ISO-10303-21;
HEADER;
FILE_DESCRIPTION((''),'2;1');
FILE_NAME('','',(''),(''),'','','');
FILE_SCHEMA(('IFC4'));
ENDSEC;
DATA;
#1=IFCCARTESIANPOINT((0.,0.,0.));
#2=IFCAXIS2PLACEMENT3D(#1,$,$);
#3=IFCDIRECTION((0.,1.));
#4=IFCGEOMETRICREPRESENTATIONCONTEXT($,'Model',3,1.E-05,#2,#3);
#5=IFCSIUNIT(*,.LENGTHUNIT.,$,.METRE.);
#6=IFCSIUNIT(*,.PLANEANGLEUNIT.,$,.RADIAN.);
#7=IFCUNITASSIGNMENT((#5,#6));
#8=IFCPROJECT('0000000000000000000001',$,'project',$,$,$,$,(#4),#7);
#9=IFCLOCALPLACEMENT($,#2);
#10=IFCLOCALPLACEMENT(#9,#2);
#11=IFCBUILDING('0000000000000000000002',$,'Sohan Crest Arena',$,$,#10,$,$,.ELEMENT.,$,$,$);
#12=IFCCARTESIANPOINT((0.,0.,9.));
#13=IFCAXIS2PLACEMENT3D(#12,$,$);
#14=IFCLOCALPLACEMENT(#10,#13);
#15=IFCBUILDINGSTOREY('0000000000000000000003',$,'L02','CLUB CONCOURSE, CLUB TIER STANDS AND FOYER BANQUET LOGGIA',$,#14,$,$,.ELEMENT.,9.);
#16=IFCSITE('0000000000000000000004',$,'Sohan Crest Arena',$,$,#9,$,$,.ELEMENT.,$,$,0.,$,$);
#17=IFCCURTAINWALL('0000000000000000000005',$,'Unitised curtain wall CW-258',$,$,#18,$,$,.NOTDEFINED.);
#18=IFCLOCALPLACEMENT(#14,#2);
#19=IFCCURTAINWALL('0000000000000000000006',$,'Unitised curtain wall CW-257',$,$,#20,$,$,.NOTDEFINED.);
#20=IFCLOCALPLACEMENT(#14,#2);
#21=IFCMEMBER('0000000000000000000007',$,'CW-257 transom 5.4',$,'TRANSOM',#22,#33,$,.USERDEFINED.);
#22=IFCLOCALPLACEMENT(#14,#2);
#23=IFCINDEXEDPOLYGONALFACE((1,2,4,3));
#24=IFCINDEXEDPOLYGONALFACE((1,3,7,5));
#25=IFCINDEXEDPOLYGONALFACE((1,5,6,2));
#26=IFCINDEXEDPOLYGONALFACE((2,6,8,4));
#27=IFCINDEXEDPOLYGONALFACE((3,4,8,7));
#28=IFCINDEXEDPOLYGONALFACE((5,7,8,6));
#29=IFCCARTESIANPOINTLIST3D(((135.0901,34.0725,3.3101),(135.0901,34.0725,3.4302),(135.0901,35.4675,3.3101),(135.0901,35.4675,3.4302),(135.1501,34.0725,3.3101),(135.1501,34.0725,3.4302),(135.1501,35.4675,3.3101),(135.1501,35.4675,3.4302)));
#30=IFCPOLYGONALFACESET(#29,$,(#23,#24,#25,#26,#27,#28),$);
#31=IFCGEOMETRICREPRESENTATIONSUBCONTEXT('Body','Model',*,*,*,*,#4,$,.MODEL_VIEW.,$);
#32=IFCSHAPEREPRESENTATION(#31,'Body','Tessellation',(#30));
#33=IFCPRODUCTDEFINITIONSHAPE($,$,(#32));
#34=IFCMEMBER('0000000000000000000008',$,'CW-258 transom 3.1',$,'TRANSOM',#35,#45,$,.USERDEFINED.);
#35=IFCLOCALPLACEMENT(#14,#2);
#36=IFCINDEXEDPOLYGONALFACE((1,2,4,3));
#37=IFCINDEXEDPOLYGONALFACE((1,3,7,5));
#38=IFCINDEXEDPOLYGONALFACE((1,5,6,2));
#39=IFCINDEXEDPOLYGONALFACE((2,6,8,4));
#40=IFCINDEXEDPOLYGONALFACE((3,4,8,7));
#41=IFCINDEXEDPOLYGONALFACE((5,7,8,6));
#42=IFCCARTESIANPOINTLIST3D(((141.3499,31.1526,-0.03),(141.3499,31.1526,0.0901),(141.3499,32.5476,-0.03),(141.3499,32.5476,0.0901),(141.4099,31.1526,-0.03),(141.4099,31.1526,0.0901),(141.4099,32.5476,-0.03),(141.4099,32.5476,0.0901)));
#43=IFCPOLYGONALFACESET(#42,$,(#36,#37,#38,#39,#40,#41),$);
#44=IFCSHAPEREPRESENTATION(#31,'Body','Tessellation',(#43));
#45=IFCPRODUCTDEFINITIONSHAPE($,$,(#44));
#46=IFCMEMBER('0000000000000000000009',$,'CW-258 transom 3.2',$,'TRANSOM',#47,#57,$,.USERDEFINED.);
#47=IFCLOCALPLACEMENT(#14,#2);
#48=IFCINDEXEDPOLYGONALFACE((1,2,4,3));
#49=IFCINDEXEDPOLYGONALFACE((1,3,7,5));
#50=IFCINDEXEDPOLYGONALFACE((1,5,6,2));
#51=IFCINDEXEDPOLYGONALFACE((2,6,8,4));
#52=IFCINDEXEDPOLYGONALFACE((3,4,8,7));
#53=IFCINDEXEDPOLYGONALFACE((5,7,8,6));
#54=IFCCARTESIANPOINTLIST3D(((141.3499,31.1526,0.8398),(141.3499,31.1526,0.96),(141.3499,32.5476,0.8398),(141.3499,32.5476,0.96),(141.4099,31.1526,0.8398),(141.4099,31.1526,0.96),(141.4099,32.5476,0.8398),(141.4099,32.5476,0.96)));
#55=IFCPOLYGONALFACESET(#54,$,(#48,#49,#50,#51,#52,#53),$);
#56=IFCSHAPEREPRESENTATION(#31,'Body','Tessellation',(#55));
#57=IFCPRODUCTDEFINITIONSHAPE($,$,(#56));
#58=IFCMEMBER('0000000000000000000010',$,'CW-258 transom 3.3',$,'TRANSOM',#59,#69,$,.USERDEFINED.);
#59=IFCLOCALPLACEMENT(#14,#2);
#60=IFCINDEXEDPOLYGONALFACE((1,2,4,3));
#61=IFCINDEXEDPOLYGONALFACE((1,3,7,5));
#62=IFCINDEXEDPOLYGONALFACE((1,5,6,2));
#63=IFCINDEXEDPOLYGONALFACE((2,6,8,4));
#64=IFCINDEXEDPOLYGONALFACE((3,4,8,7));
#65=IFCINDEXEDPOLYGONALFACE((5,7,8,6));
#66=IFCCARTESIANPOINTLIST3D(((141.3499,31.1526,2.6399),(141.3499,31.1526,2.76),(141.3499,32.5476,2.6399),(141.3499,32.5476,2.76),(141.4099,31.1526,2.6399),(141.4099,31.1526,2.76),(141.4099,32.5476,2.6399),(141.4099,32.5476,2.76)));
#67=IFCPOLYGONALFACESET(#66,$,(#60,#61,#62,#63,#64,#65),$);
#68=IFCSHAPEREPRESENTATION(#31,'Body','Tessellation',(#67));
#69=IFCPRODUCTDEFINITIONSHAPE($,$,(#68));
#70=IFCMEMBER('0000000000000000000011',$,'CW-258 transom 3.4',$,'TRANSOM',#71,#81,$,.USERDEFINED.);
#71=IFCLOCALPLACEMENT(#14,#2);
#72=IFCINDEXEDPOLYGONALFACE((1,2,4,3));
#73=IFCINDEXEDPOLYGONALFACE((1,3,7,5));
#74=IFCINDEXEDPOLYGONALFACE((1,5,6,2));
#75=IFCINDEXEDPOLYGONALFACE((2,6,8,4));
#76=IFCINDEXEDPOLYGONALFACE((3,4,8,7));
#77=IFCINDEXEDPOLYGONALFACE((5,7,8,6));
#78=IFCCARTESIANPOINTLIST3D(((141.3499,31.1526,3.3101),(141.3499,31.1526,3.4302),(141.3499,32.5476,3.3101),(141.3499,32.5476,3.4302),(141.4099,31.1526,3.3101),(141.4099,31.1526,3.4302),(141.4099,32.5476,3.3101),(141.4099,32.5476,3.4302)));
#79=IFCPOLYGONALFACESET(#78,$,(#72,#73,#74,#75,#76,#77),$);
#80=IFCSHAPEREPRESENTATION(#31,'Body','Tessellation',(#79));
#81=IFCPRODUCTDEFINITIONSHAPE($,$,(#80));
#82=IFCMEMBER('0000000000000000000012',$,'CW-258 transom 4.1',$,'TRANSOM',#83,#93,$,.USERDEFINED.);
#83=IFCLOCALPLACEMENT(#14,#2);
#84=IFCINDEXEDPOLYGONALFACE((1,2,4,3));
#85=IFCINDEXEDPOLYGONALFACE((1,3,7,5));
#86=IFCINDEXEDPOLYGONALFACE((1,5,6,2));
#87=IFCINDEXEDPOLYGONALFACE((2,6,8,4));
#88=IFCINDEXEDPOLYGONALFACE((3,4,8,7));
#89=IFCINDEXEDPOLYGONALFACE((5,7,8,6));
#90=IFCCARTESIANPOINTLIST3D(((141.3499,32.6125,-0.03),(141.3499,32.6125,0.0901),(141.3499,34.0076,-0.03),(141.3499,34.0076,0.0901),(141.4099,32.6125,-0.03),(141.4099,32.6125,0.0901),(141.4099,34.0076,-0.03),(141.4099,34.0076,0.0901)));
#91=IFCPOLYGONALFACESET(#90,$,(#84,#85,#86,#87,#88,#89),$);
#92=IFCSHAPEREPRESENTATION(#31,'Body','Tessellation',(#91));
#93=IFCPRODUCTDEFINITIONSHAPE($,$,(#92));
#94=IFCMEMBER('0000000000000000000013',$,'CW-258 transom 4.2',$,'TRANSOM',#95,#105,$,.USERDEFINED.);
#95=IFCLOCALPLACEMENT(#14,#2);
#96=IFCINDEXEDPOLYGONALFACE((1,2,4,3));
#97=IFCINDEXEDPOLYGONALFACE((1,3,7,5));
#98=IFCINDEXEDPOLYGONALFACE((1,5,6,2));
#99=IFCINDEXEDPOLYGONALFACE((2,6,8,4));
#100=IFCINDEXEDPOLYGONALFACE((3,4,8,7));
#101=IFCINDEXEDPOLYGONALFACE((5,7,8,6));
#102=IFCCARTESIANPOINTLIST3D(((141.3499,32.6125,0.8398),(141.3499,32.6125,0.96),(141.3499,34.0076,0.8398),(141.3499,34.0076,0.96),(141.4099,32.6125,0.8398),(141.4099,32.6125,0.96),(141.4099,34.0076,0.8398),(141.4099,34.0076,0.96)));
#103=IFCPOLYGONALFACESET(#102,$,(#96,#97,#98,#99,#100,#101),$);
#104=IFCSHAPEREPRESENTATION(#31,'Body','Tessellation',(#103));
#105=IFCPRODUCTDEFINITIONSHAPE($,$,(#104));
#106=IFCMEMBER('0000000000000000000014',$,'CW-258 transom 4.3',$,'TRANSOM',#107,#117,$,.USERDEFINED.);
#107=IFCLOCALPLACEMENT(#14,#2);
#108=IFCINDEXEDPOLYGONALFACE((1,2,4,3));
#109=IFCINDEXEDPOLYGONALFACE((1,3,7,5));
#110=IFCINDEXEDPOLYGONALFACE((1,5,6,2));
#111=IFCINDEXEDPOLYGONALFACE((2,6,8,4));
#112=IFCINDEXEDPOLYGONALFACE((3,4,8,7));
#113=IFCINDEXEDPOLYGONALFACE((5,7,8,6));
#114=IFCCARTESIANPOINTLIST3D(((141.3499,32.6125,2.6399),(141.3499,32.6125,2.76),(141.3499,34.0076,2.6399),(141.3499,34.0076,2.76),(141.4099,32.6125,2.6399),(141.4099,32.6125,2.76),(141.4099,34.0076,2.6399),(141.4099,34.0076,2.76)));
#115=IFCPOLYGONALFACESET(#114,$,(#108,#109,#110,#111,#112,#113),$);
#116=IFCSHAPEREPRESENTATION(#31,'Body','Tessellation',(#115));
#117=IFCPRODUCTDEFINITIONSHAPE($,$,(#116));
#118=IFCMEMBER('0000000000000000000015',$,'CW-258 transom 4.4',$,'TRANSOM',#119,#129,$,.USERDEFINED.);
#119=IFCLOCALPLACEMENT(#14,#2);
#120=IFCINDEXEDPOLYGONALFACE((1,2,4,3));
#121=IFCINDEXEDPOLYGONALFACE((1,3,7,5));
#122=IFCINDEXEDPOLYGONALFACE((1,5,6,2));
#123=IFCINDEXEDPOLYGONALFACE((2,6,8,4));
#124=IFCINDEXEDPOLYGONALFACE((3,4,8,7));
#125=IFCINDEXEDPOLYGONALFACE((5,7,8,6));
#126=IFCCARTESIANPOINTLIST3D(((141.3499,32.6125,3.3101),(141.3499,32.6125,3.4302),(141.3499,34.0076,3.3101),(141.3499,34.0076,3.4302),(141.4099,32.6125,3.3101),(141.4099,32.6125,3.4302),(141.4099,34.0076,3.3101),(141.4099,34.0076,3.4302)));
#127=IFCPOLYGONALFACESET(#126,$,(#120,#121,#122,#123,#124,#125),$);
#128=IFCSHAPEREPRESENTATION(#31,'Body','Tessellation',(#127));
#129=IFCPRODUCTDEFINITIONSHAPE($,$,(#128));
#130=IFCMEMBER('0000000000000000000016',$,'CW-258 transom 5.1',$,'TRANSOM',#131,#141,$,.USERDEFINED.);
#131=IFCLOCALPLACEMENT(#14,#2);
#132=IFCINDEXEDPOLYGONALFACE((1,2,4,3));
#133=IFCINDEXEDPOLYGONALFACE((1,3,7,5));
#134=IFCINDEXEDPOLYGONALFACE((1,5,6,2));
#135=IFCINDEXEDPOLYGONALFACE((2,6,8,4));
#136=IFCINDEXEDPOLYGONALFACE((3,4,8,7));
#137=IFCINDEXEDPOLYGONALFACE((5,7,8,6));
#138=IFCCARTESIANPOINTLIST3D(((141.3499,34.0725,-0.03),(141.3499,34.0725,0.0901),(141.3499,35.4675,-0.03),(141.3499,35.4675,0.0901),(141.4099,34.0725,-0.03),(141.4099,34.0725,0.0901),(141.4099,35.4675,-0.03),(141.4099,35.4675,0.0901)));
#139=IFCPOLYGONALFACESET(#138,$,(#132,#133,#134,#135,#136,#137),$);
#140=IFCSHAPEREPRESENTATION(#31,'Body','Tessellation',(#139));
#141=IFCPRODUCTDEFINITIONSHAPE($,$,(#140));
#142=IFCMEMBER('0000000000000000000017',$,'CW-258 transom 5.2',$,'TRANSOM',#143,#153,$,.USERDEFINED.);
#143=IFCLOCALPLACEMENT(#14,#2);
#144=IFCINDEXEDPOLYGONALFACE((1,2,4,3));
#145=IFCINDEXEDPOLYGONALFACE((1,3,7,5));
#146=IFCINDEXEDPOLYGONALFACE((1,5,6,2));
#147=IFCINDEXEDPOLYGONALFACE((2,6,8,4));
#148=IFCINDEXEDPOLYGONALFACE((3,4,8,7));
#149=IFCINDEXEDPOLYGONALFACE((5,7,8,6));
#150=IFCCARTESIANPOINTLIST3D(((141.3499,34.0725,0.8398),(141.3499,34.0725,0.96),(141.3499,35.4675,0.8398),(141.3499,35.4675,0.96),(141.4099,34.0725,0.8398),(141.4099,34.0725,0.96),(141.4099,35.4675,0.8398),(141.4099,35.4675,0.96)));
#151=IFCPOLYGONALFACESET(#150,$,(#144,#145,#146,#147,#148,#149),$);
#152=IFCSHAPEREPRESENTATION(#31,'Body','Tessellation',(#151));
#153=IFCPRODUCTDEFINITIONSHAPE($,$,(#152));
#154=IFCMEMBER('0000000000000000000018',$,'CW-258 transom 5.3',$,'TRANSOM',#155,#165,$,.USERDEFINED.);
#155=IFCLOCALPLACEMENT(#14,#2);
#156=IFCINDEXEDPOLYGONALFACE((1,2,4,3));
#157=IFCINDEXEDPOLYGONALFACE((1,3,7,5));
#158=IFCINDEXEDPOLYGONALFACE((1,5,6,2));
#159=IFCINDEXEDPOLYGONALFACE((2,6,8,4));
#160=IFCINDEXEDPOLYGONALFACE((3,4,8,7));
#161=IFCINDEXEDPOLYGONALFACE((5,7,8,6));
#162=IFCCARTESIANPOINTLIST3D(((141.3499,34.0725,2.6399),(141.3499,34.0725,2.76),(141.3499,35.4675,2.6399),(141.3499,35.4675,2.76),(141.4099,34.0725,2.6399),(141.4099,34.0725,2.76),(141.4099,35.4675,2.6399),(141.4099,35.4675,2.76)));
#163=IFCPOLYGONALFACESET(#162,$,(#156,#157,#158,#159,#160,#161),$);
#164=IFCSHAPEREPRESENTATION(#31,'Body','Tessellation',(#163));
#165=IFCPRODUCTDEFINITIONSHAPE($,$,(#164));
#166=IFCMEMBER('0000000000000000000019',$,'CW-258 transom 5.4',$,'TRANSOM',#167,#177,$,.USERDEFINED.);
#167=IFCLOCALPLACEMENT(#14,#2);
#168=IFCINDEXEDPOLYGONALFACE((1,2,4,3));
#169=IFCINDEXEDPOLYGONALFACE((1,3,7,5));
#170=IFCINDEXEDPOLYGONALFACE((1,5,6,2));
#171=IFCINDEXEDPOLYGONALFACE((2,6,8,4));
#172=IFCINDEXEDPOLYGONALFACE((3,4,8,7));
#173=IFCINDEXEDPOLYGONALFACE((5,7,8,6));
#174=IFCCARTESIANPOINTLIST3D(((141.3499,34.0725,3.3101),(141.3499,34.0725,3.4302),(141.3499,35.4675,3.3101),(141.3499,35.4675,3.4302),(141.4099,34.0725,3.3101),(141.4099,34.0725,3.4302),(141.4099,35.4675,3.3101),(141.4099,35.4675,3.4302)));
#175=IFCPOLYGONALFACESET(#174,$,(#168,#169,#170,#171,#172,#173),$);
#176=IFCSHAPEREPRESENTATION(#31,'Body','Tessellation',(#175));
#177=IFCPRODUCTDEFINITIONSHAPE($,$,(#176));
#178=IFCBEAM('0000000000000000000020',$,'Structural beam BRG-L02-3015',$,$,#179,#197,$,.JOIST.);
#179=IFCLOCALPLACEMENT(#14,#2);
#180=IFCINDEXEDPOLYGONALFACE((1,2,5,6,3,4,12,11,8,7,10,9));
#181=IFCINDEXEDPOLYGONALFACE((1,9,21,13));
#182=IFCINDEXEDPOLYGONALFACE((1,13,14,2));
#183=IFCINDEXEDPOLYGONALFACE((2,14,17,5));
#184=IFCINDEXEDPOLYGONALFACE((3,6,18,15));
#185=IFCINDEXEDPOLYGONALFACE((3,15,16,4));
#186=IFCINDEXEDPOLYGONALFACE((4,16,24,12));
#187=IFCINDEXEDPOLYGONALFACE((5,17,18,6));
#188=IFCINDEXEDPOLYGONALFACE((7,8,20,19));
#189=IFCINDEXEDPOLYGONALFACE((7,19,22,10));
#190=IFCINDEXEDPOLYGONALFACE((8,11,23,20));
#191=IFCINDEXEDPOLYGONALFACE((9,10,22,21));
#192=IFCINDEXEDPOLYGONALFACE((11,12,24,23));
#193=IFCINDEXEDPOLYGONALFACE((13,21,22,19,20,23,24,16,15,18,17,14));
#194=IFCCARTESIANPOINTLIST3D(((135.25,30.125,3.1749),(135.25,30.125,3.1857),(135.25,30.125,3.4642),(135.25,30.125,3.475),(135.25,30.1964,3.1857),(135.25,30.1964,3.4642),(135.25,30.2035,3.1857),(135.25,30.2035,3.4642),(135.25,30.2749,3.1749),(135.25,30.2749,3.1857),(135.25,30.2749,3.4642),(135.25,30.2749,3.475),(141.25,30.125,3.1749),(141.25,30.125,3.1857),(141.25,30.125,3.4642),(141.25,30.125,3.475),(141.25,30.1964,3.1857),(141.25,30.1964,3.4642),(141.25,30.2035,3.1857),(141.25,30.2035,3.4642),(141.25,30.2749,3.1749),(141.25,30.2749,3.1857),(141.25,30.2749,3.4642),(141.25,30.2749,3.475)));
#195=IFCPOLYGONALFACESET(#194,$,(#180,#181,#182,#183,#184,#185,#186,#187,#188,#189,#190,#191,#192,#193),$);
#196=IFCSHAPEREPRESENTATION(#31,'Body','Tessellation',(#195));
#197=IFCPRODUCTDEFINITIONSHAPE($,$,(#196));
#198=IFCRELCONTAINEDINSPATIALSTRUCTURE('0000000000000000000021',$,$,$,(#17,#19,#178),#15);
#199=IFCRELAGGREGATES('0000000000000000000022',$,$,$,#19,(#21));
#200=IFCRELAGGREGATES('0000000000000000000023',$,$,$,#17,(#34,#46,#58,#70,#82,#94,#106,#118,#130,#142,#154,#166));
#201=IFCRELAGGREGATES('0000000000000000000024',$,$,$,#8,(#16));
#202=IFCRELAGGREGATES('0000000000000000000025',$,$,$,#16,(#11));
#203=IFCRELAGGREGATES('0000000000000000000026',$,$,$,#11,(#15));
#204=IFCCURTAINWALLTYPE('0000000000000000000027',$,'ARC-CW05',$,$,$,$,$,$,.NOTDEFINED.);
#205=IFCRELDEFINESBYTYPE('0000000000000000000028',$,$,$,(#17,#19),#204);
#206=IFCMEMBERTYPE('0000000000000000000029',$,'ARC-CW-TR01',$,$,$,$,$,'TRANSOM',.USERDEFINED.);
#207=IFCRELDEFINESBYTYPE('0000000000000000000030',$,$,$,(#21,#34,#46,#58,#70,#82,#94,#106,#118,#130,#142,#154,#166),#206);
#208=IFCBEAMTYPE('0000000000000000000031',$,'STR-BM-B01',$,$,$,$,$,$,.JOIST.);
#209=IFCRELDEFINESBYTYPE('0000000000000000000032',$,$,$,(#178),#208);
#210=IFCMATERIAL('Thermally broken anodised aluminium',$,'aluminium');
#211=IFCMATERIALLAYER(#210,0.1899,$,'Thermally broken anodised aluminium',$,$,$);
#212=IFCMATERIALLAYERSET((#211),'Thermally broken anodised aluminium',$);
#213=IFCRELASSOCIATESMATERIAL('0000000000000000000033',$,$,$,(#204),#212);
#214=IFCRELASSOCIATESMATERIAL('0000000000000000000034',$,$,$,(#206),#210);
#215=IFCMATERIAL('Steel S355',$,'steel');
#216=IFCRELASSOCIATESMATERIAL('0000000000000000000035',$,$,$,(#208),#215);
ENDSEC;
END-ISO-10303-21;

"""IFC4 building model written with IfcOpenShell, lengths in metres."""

from ifc_helpers import new_model, si_unit, direction, frame, origin, origin_2d, place, context, subcontext, project, spatial, rectangle, i_section, extrude, material, layer, layer_set, material_profile, profile_set, type_object, element, aggregate, save


model = new_model("IFC4")

# Units and contexts
model_context = context("Model", 3, precision=1e-05, world=origin(), true_north=direction((0.0, 1.0)))
body_context = subcontext(model_context, "Body", "Model", "MODEL_VIEW")
ifc_project = project(units=[si_unit("LENGTHUNIT", "METRE"), si_unit("PLANEANGLEUNIT", "RADIAN")], contexts=[model_context])

# Site, building, storey
site_placement = place(None, origin())
site = spatial("IfcSite", under=ifc_project, at=site_placement, Name="Sohan Crest Arena", CompositionType="ELEMENT", RefElevation=0.0)
building_placement = place(site_placement, origin())
building = spatial("IfcBuilding", under=site, at=building_placement, Name="Sohan Crest Arena", CompositionType="ELEMENT")
storey_placement = place(building_placement, frame((0.0, 0.0, 9.0)))
storey = spatial("IfcBuildingStorey", under=building, at=storey_placement, Name="L02", Description="CLUB CONCOURSE, CLUB TIER STANDS AND FOYER BANQUET LOGGIA", CompositionType="ELEMENT", Elevation=9.0)

# Shared definitions
ifc_material_1 = material(Name="Steel S355", Category="steel")

# Curtain walls, member
ifc_material_2 = material(Name="Thermally broken anodised aluminium", Category="aluminium")
ifc_layer_1 = layer(ifc_material_2, 0.1899, Name="Thermally broken anodised aluminium")
ifc_layer_set_1 = layer_set([ifc_layer_1], Name="Thermally broken anodised aluminium")
curtain_wall_type = type_object("IfcCurtainWallType", Name="ARC-CW05", PredefinedType="NOTDEFINED", material=ifc_layer_set_1)
curtain_wall_1_placement = place(storey_placement, origin())
curtain_wall_1 = element("IfcCurtainWall", 1, at=curtain_wall_1_placement, inside=storey, type_object=curtain_wall_type, Name="Unitised curtain wall CW-258", PredefinedType="NOTDEFINED")
curtain_wall_2_placement = place(storey_placement, origin())
curtain_wall_2 = element("IfcCurtainWall", 2, at=curtain_wall_2_placement, inside=storey, type_object=curtain_wall_type, Name="Unitised curtain wall CW-257", PredefinedType="NOTDEFINED")
ifc_material_profile_1 = material_profile(ifc_material_2, rectangle(XDim=0.0601, YDim=0.1201, at=origin_2d()), Name="ALU-TRAN 60x120")
ifc_profile_set_1 = profile_set([ifc_material_profile_1], Name="Thermally broken anodised aluminium")
member_type_1 = type_object("IfcMemberType", Name="ARC-CW-TR01", ElementType="TRANSOM", PredefinedType="USERDEFINED", material=ifc_profile_set_1)
member_1_placement = place(storey_placement, frame((135.1201, 34.0725, 3.3701), z_axis=(0.0, 1.0, 0.0), x_axis=(-1.0, 0.0, 0.0)))
member_1 = element("IfcMember", 3, at=member_1_placement, type_object=member_type_1, Name="CW-257 transom 5.4", ObjectType="TRANSOM", PredefinedType="USERDEFINED", context=body_context, shape_type="SweptSolid", body=[
    extrude(rectangle(XDim=0.0601, YDim=0.1201, at=origin_2d()), origin(), (0.0, 0.0, 1.0), 1.395),
])
aggregate(curtain_wall_2, [member_1])

# Members
member_2_placement = place(storey_placement, frame((141.3799, 31.1526, 0.03), z_axis=(0.0, 1.0, 0.0), x_axis=(-1.0, 0.0, 0.0)))
member_2 = element("IfcMember", 4, at=member_2_placement, type_object=member_type_1, Name="CW-258 transom 3.1", ObjectType="TRANSOM", PredefinedType="USERDEFINED", context=body_context, shape_type="SweptSolid", body=[
    extrude(rectangle(XDim=0.0601, YDim=0.1201, at=origin_2d()), origin(), (0.0, 0.0, 1.0), 1.395),
])
member_3_placement = place(storey_placement, frame((141.3799, 31.1526, 0.8999), z_axis=(0.0, 1.0, 0.0), x_axis=(-1.0, 0.0, 0.0)))
member_3 = element("IfcMember", 5, at=member_3_placement, type_object=member_type_1, Name="CW-258 transom 3.2", ObjectType="TRANSOM", PredefinedType="USERDEFINED", context=body_context, shape_type="SweptSolid", body=[
    extrude(rectangle(XDim=0.0601, YDim=0.1201, at=origin_2d()), origin(), (0.0, 0.0, 1.0), 1.395),
])
member_4_placement = place(storey_placement, frame((141.3799, 31.1526, 2.7), z_axis=(0.0, 1.0, 0.0), x_axis=(-1.0, 0.0, 0.0)))
member_4 = element("IfcMember", 6, at=member_4_placement, type_object=member_type_1, Name="CW-258 transom 3.3", ObjectType="TRANSOM", PredefinedType="USERDEFINED", context=body_context, shape_type="SweptSolid", body=[
    extrude(rectangle(XDim=0.0601, YDim=0.1201, at=origin_2d()), origin(), (0.0, 0.0, 1.0), 1.395),
])
member_5_placement = place(storey_placement, frame((141.3799, 31.1526, 3.3701), z_axis=(0.0, 1.0, 0.0), x_axis=(-1.0, 0.0, 0.0)))
member_5 = element("IfcMember", 7, at=member_5_placement, type_object=member_type_1, Name="CW-258 transom 3.4", ObjectType="TRANSOM", PredefinedType="USERDEFINED", context=body_context, shape_type="SweptSolid", body=[
    extrude(rectangle(XDim=0.0601, YDim=0.1201, at=origin_2d()), origin(), (0.0, 0.0, 1.0), 1.395),
])
member_6_placement = place(storey_placement, frame((141.3799, 32.6125, 0.03), z_axis=(0.0, 1.0, 0.0), x_axis=(-1.0, 0.0, 0.0)))
member_6 = element("IfcMember", 8, at=member_6_placement, type_object=member_type_1, Name="CW-258 transom 4.1", ObjectType="TRANSOM", PredefinedType="USERDEFINED", context=body_context, shape_type="SweptSolid", body=[
    extrude(rectangle(XDim=0.0601, YDim=0.1201, at=origin_2d()), origin(), (0.0, 0.0, 1.0), 1.395),
])
member_7_placement = place(storey_placement, frame((141.3799, 32.6125, 0.8999), z_axis=(0.0, 1.0, 0.0), x_axis=(-1.0, 0.0, 0.0)))
member_7 = element("IfcMember", 9, at=member_7_placement, type_object=member_type_1, Name="CW-258 transom 4.2", ObjectType="TRANSOM", PredefinedType="USERDEFINED", context=body_context, shape_type="SweptSolid", body=[
    extrude(rectangle(XDim=0.0601, YDim=0.1201, at=origin_2d()), origin(), (0.0, 0.0, 1.0), 1.395),
])
member_8_placement = place(storey_placement, frame((141.3799, 32.6125, 2.7), z_axis=(0.0, 1.0, 0.0), x_axis=(-1.0, 0.0, 0.0)))
member_8 = element("IfcMember", 10, at=member_8_placement, type_object=member_type_1, Name="CW-258 transom 4.3", ObjectType="TRANSOM", PredefinedType="USERDEFINED", context=body_context, shape_type="SweptSolid", body=[
    extrude(rectangle(XDim=0.0601, YDim=0.1201, at=origin_2d()), origin(), (0.0, 0.0, 1.0), 1.395),
])
member_9_placement = place(storey_placement, frame((141.3799, 32.6125, 3.3701), z_axis=(0.0, 1.0, 0.0), x_axis=(-1.0, 0.0, 0.0)))
member_9 = element("IfcMember", 11, at=member_9_placement, type_object=member_type_1, Name="CW-258 transom 4.4", ObjectType="TRANSOM", PredefinedType="USERDEFINED", context=body_context, shape_type="SweptSolid", body=[
    extrude(rectangle(XDim=0.0601, YDim=0.1201, at=origin_2d()), origin(), (0.0, 0.0, 1.0), 1.395),
])
member_10_placement = place(storey_placement, frame((141.3799, 34.0725, 0.03), z_axis=(0.0, 1.0, 0.0), x_axis=(-1.0, 0.0, 0.0)))
member_10 = element("IfcMember", 12, at=member_10_placement, type_object=member_type_1, Name="CW-258 transom 5.1", ObjectType="TRANSOM", PredefinedType="USERDEFINED", context=body_context, shape_type="SweptSolid", body=[
    extrude(rectangle(XDim=0.0601, YDim=0.1201, at=origin_2d()), origin(), (0.0, 0.0, 1.0), 1.395),
])
member_11_placement = place(storey_placement, frame((141.3799, 34.0725, 0.8999), z_axis=(0.0, 1.0, 0.0), x_axis=(-1.0, 0.0, 0.0)))
member_11 = element("IfcMember", 13, at=member_11_placement, type_object=member_type_1, Name="CW-258 transom 5.2", ObjectType="TRANSOM", PredefinedType="USERDEFINED", context=body_context, shape_type="SweptSolid", body=[
    extrude(rectangle(XDim=0.0601, YDim=0.1201, at=origin_2d()), origin(), (0.0, 0.0, 1.0), 1.395),
])
member_12_placement = place(storey_placement, frame((141.3799, 34.0725, 2.7), z_axis=(0.0, 1.0, 0.0), x_axis=(-1.0, 0.0, 0.0)))
member_12 = element("IfcMember", 14, at=member_12_placement, type_object=member_type_1, Name="CW-258 transom 5.3", ObjectType="TRANSOM", PredefinedType="USERDEFINED", context=body_context, shape_type="SweptSolid", body=[
    extrude(rectangle(XDim=0.0601, YDim=0.1201, at=origin_2d()), origin(), (0.0, 0.0, 1.0), 1.395),
])
member_13_placement = place(storey_placement, frame((141.3799, 34.0725, 3.3701), z_axis=(0.0, 1.0, 0.0), x_axis=(-1.0, 0.0, 0.0)))
member_13 = element("IfcMember", 15, at=member_13_placement, type_object=member_type_1, Name="CW-258 transom 5.4", ObjectType="TRANSOM", PredefinedType="USERDEFINED", context=body_context, shape_type="SweptSolid", body=[
    extrude(rectangle(XDim=0.0601, YDim=0.1201, at=origin_2d()), origin(), (0.0, 0.0, 1.0), 1.395),
])

# Beam
ifc_material_profile_2 = material_profile(ifc_material_1, i_section(OverallWidth=0.1499, OverallDepth=0.3, WebThickness=0.0071, FlangeThickness=0.0107, at=origin_2d()), Name="IPE 300")
ifc_profile_set_2 = profile_set([ifc_material_profile_2], Name="Steel S355")
beam_type_1 = type_object("IfcBeamType", Name="STR-BM-B01", PredefinedType="JOIST", material=ifc_profile_set_2)
beam_1_placement = place(storey_placement, frame((135.25, 30.2, 3.325), z_axis=(1.0, 0.0, 0.0), x_axis=(0.0, 1.0, 0.0)))
element("IfcBeam", 16, at=beam_1_placement, inside=storey, type_object=beam_type_1, Name="Structural beam BRG-L02-3015", PredefinedType="JOIST", context=body_context, shape_type="SweptSolid", body=[
    extrude(i_section(OverallWidth=0.1499, OverallDepth=0.3, WebThickness=0.0071, FlangeThickness=0.0107, at=origin_2d()), origin(), (0.0, 0.0, 1.0), 6.0),
])

aggregate(curtain_wall_1, [member_2, member_3, member_4, member_5, member_6, member_7, member_8, member_9, member_10, member_11, member_12, member_13])

save(model, "model.ifc")
